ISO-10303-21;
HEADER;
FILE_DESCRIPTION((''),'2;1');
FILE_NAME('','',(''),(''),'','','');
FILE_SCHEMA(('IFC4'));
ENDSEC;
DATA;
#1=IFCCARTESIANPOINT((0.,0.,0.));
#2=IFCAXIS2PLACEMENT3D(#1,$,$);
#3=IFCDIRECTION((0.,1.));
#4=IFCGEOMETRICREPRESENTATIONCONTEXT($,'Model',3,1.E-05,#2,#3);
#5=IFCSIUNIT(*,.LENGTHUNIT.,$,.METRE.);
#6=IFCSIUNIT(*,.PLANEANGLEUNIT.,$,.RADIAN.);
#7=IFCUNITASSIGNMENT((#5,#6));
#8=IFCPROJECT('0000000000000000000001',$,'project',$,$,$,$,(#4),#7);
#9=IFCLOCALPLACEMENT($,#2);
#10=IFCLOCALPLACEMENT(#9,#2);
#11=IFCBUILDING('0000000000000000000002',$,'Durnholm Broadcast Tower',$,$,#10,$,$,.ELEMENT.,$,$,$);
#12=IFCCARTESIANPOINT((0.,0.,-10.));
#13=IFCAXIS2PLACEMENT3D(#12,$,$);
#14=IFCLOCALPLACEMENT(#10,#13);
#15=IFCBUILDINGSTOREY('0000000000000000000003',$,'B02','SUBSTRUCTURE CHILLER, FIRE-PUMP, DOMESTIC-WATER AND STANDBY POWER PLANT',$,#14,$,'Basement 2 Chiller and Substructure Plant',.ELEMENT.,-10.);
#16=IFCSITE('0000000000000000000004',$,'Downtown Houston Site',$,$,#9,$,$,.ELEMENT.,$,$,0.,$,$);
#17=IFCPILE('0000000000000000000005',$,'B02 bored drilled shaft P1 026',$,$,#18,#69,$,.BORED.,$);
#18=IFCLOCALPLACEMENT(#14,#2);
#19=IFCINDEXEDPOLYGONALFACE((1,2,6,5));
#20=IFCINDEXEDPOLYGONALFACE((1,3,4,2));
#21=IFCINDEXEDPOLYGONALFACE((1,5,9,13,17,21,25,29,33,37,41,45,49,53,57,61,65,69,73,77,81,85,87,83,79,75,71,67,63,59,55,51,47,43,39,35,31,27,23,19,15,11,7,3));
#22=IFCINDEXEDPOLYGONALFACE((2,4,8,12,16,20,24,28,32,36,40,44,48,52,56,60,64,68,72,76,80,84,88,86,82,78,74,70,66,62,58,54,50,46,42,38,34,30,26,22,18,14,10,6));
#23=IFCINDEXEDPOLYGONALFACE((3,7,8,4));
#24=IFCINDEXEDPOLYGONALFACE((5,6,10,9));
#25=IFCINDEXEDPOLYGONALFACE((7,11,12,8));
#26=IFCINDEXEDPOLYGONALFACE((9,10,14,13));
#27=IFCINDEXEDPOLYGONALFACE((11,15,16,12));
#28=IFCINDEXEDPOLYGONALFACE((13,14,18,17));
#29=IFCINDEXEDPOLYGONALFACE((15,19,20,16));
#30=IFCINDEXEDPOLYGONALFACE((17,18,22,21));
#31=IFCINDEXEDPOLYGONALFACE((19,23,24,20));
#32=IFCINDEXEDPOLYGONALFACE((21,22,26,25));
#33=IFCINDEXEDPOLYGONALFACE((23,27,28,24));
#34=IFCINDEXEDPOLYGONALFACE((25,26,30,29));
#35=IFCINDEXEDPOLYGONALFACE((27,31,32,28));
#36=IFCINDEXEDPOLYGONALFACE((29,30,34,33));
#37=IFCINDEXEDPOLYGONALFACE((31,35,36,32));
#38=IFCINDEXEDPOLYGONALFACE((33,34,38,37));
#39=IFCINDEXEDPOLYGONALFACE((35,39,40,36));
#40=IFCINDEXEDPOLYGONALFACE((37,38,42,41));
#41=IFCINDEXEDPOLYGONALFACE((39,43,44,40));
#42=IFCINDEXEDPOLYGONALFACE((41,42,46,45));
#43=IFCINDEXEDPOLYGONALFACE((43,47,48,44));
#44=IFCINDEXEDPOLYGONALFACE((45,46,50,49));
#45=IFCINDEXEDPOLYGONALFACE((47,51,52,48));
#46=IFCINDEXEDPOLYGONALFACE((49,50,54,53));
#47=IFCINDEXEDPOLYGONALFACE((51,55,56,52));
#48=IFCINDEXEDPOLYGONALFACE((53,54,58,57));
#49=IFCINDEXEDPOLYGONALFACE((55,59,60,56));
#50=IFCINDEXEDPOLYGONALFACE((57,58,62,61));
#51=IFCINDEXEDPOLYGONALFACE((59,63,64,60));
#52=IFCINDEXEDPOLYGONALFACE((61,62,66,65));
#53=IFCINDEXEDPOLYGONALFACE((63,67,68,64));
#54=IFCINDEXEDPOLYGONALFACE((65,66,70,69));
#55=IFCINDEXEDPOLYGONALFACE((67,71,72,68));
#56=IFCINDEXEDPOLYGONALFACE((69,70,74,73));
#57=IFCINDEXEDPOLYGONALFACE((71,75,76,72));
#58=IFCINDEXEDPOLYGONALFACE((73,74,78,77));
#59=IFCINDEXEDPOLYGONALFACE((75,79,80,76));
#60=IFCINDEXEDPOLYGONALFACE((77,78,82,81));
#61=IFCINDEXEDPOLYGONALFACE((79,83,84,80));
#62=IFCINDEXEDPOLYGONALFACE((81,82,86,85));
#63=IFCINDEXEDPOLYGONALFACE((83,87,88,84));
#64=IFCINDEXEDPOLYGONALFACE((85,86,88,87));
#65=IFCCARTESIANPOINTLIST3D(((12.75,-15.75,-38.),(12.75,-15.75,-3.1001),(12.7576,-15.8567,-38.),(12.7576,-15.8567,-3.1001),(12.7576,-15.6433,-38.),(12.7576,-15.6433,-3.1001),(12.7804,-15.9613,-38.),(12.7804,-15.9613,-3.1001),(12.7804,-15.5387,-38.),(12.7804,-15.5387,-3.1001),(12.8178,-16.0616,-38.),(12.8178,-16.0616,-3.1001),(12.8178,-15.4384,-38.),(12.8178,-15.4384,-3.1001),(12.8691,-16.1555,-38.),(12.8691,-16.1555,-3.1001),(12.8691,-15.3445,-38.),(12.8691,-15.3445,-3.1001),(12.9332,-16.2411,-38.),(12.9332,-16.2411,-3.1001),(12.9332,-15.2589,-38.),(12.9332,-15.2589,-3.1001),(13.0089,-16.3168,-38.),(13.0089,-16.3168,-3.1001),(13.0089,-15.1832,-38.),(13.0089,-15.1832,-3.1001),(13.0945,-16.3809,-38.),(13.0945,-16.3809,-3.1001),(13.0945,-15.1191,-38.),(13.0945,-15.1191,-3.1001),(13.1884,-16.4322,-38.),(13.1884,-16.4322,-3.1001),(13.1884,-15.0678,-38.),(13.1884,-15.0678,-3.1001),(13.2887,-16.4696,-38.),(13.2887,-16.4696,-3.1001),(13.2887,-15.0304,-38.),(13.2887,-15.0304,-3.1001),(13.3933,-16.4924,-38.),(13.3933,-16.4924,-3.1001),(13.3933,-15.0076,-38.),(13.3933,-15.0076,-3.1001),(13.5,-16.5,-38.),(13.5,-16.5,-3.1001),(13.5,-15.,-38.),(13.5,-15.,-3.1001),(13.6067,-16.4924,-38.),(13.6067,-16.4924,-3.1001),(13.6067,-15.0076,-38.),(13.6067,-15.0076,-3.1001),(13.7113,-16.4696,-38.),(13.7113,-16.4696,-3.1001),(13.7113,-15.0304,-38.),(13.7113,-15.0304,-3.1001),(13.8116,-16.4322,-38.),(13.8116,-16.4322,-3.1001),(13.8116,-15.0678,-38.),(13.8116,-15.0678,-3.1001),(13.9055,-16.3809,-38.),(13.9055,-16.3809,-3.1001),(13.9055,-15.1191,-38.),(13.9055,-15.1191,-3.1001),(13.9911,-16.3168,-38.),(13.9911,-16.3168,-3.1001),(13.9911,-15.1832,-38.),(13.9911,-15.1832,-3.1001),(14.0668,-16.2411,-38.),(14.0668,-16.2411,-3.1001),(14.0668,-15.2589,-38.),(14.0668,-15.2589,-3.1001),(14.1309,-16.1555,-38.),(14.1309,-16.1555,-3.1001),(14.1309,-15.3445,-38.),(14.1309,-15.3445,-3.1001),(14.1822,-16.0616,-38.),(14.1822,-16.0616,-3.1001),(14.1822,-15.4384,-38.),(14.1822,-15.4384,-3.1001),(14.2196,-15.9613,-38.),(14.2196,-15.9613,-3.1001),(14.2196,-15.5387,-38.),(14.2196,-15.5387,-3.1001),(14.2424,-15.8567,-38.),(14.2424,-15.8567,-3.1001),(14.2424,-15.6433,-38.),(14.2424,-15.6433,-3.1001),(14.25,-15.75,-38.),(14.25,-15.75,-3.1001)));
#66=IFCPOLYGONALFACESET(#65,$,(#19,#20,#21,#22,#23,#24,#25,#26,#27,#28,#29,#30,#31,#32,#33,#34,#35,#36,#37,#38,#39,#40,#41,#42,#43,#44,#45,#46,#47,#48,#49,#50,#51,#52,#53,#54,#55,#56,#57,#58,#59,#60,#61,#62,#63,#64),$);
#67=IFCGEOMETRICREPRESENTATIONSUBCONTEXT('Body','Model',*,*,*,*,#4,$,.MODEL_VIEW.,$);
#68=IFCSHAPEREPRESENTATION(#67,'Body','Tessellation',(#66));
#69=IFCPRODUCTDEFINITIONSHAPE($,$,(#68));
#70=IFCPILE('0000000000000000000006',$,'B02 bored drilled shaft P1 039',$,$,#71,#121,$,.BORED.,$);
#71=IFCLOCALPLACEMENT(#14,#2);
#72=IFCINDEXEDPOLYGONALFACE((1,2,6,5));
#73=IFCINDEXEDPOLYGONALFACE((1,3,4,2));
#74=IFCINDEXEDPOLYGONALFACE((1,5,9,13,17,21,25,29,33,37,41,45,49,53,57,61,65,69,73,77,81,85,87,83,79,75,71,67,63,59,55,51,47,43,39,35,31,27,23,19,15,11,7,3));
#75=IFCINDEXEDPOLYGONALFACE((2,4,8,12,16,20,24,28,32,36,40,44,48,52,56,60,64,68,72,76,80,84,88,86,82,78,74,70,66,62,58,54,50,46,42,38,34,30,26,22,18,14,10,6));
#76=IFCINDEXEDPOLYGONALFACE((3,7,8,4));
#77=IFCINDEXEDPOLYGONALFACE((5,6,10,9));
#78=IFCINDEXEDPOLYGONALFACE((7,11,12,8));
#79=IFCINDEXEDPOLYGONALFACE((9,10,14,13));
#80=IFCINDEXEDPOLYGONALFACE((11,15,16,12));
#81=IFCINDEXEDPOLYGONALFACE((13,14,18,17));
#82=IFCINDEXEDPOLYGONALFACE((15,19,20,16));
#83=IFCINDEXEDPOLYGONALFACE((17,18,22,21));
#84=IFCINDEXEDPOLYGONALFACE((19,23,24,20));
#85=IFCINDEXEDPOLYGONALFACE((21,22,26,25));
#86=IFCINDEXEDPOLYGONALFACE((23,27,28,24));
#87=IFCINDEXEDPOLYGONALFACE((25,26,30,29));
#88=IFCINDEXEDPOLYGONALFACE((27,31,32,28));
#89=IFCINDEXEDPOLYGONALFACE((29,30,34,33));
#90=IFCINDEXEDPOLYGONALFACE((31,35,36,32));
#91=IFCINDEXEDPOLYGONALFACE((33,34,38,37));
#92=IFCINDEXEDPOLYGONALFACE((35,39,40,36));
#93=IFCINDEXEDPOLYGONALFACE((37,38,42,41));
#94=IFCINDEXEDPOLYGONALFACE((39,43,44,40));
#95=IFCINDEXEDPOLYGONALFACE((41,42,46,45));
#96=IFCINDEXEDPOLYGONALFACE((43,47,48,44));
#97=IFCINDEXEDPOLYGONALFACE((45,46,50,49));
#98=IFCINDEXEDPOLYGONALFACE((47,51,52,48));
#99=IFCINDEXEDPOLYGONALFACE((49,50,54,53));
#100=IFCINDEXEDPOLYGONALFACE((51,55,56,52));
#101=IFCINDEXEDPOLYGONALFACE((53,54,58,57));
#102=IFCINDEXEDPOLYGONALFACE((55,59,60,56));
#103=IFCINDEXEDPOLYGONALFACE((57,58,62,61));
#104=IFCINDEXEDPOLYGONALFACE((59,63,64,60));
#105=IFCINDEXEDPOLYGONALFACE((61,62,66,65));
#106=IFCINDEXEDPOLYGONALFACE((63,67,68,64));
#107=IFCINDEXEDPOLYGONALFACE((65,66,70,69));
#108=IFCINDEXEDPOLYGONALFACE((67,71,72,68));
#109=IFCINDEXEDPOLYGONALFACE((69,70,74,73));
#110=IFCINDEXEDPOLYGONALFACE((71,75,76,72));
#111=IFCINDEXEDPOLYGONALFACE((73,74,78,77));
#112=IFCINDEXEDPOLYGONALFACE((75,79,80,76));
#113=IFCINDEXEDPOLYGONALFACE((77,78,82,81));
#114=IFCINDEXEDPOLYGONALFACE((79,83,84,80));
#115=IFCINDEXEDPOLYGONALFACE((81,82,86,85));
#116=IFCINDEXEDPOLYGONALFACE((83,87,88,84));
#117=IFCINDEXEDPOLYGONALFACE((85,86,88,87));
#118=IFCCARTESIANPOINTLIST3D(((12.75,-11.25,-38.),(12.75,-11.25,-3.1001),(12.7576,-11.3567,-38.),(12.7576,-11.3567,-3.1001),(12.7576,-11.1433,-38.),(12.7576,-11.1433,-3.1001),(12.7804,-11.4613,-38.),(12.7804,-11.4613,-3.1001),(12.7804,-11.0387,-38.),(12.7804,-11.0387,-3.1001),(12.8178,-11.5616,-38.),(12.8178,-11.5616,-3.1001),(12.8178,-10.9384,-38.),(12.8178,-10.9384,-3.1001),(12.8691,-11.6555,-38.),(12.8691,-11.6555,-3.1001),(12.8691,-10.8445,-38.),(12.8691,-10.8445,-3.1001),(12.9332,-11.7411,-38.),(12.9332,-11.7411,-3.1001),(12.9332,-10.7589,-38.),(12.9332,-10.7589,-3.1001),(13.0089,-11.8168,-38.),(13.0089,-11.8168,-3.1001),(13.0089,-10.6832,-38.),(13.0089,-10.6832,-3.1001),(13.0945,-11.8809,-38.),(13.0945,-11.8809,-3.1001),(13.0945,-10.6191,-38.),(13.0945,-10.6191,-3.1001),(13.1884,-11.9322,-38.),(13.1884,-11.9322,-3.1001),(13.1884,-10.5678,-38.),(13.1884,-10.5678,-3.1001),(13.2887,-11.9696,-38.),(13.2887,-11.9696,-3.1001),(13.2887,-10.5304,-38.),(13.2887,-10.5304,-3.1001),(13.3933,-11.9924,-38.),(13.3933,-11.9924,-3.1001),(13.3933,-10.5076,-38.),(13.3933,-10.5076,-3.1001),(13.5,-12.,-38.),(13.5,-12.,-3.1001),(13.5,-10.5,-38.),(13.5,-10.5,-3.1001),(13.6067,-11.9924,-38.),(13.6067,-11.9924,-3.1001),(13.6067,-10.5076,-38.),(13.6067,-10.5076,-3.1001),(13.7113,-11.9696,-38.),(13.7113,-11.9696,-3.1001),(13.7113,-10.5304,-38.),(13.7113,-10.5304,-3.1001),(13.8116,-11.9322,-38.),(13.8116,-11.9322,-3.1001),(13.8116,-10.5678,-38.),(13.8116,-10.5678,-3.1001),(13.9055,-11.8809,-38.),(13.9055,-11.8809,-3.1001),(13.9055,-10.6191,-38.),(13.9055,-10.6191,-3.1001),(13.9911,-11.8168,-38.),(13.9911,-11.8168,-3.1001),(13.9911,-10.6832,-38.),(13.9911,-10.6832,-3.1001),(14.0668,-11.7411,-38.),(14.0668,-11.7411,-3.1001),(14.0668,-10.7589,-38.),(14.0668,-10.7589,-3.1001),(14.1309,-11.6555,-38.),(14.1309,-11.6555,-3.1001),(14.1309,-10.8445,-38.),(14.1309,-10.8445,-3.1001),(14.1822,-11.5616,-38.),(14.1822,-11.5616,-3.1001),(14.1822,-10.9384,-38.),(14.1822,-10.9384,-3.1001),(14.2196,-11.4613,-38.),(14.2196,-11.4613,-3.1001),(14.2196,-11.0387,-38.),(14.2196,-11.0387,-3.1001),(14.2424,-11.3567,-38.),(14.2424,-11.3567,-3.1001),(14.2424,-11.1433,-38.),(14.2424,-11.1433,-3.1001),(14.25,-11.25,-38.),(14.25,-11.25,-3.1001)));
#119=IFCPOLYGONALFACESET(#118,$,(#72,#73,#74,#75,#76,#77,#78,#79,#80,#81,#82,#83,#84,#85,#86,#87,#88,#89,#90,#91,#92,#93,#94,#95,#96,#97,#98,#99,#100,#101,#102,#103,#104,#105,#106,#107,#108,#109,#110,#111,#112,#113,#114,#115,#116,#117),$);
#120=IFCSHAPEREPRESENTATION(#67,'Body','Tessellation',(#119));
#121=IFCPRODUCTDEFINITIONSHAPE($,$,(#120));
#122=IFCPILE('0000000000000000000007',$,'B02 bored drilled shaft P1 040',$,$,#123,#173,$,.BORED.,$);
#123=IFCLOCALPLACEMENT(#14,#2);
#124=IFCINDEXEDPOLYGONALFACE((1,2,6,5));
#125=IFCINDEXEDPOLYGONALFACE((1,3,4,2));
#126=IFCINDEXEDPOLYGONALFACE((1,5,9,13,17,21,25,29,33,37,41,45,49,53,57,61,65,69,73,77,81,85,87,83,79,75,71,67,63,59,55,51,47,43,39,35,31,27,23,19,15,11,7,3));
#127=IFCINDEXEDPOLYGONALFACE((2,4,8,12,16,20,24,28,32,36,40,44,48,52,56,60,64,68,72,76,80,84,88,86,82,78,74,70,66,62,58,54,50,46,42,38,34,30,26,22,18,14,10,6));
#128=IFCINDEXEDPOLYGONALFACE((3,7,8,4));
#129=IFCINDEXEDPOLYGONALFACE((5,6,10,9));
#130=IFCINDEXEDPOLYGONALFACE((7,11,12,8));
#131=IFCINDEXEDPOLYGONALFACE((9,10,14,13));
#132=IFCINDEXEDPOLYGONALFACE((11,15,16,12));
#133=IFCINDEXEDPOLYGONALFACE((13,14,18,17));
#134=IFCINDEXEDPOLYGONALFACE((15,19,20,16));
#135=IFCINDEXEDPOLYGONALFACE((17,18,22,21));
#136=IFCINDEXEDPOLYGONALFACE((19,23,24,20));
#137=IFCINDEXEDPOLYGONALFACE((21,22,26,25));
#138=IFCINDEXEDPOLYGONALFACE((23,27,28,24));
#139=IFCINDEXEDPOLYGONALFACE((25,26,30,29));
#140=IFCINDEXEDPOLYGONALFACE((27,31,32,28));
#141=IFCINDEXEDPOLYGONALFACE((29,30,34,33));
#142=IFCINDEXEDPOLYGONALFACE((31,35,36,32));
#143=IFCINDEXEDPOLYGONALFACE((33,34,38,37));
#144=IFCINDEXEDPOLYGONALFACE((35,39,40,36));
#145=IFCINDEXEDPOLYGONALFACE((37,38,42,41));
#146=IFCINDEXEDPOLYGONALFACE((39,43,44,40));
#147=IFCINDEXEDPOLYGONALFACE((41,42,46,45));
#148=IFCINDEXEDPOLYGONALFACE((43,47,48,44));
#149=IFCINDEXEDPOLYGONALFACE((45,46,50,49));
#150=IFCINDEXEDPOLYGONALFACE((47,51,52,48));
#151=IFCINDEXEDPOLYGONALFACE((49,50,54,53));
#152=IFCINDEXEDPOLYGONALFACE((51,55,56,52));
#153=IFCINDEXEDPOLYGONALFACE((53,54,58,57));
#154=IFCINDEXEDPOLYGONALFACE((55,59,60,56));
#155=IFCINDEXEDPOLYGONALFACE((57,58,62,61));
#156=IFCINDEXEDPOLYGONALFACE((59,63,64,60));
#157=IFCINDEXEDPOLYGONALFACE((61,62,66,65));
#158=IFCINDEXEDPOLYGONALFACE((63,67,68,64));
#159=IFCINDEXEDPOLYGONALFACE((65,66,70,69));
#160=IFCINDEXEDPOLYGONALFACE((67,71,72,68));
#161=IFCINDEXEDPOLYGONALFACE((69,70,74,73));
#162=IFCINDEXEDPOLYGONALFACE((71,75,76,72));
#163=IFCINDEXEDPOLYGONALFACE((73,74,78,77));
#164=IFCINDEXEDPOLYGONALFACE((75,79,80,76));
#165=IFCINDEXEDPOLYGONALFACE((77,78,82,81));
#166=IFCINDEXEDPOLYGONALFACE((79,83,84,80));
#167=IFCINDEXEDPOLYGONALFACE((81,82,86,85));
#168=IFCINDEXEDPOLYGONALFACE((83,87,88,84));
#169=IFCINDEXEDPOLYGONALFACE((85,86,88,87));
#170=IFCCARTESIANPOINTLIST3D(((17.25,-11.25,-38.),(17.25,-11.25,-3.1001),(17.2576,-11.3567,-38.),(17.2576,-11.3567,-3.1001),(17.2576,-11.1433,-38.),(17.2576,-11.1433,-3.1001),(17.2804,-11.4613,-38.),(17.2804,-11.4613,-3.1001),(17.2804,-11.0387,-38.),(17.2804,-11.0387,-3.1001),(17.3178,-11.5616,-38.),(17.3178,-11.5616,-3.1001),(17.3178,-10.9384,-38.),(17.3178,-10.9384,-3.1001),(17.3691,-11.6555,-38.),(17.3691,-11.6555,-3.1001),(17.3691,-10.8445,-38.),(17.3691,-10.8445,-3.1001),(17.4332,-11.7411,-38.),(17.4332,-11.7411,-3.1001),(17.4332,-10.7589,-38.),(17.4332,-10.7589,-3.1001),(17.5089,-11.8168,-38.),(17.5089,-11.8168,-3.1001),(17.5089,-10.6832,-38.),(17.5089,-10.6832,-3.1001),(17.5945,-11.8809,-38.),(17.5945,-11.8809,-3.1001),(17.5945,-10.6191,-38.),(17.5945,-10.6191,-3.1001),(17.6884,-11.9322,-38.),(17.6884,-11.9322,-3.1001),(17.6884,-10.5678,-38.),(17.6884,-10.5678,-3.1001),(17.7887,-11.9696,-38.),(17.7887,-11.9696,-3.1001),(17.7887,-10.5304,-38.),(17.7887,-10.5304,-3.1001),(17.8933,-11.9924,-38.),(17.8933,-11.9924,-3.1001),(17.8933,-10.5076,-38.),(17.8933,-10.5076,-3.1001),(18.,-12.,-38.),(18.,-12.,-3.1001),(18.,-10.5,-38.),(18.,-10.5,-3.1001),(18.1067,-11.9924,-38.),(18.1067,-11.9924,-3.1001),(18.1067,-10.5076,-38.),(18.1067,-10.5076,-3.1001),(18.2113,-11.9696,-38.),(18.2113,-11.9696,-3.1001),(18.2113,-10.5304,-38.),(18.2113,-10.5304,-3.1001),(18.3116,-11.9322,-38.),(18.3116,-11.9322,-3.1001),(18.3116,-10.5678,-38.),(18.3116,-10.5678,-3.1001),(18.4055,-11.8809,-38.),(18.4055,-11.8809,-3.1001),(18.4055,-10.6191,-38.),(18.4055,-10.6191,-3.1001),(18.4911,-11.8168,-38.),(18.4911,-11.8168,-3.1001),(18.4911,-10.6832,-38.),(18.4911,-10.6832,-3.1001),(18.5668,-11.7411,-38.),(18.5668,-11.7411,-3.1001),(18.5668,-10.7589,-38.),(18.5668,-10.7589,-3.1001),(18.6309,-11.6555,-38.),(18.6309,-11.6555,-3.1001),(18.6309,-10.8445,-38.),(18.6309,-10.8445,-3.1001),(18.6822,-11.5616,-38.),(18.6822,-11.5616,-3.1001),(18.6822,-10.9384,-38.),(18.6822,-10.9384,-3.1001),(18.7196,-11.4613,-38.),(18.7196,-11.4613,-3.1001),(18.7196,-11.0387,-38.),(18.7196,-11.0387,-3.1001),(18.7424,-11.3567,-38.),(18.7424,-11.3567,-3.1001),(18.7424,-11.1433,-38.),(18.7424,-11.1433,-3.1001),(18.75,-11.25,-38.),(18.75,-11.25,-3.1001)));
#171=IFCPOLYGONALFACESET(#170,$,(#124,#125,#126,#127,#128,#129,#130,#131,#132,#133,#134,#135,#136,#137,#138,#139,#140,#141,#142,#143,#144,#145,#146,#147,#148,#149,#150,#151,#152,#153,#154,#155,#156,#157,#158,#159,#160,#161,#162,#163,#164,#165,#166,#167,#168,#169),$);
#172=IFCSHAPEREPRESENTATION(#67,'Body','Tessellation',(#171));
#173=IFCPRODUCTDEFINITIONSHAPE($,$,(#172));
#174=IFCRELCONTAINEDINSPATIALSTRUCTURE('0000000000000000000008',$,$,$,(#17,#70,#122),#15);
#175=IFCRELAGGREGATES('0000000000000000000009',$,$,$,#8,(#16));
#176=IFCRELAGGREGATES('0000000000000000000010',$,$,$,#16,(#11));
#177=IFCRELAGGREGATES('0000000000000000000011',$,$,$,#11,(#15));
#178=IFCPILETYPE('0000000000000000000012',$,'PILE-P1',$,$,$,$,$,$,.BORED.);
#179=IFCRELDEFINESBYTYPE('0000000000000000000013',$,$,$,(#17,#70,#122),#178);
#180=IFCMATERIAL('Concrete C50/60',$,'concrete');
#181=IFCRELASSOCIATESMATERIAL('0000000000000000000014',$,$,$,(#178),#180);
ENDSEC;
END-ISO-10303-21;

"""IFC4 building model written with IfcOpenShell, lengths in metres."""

from ifc_helpers import new_model, si_unit, direction, frame, origin, origin_2d, place, context, subcontext, project, spatial, circle, extrude, source, transform, mapped, material, material_profile, profile_set, type_object, type_shapes, element, save


model = new_model("IFC4")

# Units and contexts
model_context = context("Model", 3, precision=1e-05, world=origin(), true_north=direction((0.0, 1.0)))
body_context = subcontext(model_context, "Body", "Model", "MODEL_VIEW")
ifc_project = project(units=[si_unit("LENGTHUNIT", "METRE"), si_unit("PLANEANGLEUNIT", "RADIAN")], contexts=[model_context])

# Site, building, storey
site_placement = place(None, origin())
site = spatial("IfcSite", under=ifc_project, at=site_placement, Name="Downtown Houston Site", CompositionType="ELEMENT", RefElevation=0.0)
building_placement = place(site_placement, origin())
building = spatial("IfcBuilding", under=site, at=building_placement, Name="Durnholm Broadcast Tower", CompositionType="ELEMENT")
storey_placement = place(building_placement, frame((0.0, 0.0, -10.0)))
storey = spatial("IfcBuildingStorey", under=building, at=storey_placement, Name="B02", Description="SUBSTRUCTURE CHILLER, FIRE-PUMP, DOMESTIC-WATER AND STANDBY POWER PLANT", LongName="Basement 2 Chiller and Substructure Plant", CompositionType="ELEMENT", Elevation=-10.0)

# Piles
ifc_material_1 = material(Name="Concrete C50/60", Category="concrete")
ifc_material_profile_1 = material_profile(ifc_material_1, circle(Radius=0.75, at=origin_2d()), Name="PILE1500")
ifc_profile_set_1 = profile_set([ifc_material_profile_1], Name="Concrete C50/60")
pile_type_1 = type_object("IfcPileType", Name="PILE-P1", PredefinedType="BORED", material=ifc_profile_set_1)
shared_shape_1 = source(origin(), body_context, "Body", "SweptSolid", [
    extrude(circle(Radius=0.75, at=origin_2d()), origin(), (0.0, 0.0, 1.0), 34.8999),
])
type_shapes(pile_type_1, [shared_shape_1])
for number, where, z_axis, x_axis, name in (
    (1, (13.5, -15.75, -3.1001), (0.0, 0.0, -1.0), (1.0, 0.0, 0.0), "B02 bored drilled shaft P1 026"),
    (2, (13.5, -11.25, -3.1001), (0.0, 0.0, -1.0), (1.0, 0.0, 0.0), "B02 bored drilled shaft P1 039"),
    (3, (18.0, -11.25, -3.1001), (0.0, 0.0, -1.0), (1.0, 0.0, 0.0), "B02 bored drilled shaft P1 040"),
):
    element("IfcPile", number, at=place(storey_placement, frame(where, z_axis=z_axis, x_axis=x_axis)), inside=storey, type_object=pile_type_1, Name=name, PredefinedType="BORED", context=body_context, shape_type="MappedRepresentation", body=[
        mapped(shared_shape_1, transform((0.0, 0.0, 0.0), x_axis=(1.0, 0.0, 0.0), y_axis=(0.0, 1.0, 0.0), z_axis=(0.0, 0.0, 1.0), scale=1.0)),
    ])

save(model, "model.ifc")
